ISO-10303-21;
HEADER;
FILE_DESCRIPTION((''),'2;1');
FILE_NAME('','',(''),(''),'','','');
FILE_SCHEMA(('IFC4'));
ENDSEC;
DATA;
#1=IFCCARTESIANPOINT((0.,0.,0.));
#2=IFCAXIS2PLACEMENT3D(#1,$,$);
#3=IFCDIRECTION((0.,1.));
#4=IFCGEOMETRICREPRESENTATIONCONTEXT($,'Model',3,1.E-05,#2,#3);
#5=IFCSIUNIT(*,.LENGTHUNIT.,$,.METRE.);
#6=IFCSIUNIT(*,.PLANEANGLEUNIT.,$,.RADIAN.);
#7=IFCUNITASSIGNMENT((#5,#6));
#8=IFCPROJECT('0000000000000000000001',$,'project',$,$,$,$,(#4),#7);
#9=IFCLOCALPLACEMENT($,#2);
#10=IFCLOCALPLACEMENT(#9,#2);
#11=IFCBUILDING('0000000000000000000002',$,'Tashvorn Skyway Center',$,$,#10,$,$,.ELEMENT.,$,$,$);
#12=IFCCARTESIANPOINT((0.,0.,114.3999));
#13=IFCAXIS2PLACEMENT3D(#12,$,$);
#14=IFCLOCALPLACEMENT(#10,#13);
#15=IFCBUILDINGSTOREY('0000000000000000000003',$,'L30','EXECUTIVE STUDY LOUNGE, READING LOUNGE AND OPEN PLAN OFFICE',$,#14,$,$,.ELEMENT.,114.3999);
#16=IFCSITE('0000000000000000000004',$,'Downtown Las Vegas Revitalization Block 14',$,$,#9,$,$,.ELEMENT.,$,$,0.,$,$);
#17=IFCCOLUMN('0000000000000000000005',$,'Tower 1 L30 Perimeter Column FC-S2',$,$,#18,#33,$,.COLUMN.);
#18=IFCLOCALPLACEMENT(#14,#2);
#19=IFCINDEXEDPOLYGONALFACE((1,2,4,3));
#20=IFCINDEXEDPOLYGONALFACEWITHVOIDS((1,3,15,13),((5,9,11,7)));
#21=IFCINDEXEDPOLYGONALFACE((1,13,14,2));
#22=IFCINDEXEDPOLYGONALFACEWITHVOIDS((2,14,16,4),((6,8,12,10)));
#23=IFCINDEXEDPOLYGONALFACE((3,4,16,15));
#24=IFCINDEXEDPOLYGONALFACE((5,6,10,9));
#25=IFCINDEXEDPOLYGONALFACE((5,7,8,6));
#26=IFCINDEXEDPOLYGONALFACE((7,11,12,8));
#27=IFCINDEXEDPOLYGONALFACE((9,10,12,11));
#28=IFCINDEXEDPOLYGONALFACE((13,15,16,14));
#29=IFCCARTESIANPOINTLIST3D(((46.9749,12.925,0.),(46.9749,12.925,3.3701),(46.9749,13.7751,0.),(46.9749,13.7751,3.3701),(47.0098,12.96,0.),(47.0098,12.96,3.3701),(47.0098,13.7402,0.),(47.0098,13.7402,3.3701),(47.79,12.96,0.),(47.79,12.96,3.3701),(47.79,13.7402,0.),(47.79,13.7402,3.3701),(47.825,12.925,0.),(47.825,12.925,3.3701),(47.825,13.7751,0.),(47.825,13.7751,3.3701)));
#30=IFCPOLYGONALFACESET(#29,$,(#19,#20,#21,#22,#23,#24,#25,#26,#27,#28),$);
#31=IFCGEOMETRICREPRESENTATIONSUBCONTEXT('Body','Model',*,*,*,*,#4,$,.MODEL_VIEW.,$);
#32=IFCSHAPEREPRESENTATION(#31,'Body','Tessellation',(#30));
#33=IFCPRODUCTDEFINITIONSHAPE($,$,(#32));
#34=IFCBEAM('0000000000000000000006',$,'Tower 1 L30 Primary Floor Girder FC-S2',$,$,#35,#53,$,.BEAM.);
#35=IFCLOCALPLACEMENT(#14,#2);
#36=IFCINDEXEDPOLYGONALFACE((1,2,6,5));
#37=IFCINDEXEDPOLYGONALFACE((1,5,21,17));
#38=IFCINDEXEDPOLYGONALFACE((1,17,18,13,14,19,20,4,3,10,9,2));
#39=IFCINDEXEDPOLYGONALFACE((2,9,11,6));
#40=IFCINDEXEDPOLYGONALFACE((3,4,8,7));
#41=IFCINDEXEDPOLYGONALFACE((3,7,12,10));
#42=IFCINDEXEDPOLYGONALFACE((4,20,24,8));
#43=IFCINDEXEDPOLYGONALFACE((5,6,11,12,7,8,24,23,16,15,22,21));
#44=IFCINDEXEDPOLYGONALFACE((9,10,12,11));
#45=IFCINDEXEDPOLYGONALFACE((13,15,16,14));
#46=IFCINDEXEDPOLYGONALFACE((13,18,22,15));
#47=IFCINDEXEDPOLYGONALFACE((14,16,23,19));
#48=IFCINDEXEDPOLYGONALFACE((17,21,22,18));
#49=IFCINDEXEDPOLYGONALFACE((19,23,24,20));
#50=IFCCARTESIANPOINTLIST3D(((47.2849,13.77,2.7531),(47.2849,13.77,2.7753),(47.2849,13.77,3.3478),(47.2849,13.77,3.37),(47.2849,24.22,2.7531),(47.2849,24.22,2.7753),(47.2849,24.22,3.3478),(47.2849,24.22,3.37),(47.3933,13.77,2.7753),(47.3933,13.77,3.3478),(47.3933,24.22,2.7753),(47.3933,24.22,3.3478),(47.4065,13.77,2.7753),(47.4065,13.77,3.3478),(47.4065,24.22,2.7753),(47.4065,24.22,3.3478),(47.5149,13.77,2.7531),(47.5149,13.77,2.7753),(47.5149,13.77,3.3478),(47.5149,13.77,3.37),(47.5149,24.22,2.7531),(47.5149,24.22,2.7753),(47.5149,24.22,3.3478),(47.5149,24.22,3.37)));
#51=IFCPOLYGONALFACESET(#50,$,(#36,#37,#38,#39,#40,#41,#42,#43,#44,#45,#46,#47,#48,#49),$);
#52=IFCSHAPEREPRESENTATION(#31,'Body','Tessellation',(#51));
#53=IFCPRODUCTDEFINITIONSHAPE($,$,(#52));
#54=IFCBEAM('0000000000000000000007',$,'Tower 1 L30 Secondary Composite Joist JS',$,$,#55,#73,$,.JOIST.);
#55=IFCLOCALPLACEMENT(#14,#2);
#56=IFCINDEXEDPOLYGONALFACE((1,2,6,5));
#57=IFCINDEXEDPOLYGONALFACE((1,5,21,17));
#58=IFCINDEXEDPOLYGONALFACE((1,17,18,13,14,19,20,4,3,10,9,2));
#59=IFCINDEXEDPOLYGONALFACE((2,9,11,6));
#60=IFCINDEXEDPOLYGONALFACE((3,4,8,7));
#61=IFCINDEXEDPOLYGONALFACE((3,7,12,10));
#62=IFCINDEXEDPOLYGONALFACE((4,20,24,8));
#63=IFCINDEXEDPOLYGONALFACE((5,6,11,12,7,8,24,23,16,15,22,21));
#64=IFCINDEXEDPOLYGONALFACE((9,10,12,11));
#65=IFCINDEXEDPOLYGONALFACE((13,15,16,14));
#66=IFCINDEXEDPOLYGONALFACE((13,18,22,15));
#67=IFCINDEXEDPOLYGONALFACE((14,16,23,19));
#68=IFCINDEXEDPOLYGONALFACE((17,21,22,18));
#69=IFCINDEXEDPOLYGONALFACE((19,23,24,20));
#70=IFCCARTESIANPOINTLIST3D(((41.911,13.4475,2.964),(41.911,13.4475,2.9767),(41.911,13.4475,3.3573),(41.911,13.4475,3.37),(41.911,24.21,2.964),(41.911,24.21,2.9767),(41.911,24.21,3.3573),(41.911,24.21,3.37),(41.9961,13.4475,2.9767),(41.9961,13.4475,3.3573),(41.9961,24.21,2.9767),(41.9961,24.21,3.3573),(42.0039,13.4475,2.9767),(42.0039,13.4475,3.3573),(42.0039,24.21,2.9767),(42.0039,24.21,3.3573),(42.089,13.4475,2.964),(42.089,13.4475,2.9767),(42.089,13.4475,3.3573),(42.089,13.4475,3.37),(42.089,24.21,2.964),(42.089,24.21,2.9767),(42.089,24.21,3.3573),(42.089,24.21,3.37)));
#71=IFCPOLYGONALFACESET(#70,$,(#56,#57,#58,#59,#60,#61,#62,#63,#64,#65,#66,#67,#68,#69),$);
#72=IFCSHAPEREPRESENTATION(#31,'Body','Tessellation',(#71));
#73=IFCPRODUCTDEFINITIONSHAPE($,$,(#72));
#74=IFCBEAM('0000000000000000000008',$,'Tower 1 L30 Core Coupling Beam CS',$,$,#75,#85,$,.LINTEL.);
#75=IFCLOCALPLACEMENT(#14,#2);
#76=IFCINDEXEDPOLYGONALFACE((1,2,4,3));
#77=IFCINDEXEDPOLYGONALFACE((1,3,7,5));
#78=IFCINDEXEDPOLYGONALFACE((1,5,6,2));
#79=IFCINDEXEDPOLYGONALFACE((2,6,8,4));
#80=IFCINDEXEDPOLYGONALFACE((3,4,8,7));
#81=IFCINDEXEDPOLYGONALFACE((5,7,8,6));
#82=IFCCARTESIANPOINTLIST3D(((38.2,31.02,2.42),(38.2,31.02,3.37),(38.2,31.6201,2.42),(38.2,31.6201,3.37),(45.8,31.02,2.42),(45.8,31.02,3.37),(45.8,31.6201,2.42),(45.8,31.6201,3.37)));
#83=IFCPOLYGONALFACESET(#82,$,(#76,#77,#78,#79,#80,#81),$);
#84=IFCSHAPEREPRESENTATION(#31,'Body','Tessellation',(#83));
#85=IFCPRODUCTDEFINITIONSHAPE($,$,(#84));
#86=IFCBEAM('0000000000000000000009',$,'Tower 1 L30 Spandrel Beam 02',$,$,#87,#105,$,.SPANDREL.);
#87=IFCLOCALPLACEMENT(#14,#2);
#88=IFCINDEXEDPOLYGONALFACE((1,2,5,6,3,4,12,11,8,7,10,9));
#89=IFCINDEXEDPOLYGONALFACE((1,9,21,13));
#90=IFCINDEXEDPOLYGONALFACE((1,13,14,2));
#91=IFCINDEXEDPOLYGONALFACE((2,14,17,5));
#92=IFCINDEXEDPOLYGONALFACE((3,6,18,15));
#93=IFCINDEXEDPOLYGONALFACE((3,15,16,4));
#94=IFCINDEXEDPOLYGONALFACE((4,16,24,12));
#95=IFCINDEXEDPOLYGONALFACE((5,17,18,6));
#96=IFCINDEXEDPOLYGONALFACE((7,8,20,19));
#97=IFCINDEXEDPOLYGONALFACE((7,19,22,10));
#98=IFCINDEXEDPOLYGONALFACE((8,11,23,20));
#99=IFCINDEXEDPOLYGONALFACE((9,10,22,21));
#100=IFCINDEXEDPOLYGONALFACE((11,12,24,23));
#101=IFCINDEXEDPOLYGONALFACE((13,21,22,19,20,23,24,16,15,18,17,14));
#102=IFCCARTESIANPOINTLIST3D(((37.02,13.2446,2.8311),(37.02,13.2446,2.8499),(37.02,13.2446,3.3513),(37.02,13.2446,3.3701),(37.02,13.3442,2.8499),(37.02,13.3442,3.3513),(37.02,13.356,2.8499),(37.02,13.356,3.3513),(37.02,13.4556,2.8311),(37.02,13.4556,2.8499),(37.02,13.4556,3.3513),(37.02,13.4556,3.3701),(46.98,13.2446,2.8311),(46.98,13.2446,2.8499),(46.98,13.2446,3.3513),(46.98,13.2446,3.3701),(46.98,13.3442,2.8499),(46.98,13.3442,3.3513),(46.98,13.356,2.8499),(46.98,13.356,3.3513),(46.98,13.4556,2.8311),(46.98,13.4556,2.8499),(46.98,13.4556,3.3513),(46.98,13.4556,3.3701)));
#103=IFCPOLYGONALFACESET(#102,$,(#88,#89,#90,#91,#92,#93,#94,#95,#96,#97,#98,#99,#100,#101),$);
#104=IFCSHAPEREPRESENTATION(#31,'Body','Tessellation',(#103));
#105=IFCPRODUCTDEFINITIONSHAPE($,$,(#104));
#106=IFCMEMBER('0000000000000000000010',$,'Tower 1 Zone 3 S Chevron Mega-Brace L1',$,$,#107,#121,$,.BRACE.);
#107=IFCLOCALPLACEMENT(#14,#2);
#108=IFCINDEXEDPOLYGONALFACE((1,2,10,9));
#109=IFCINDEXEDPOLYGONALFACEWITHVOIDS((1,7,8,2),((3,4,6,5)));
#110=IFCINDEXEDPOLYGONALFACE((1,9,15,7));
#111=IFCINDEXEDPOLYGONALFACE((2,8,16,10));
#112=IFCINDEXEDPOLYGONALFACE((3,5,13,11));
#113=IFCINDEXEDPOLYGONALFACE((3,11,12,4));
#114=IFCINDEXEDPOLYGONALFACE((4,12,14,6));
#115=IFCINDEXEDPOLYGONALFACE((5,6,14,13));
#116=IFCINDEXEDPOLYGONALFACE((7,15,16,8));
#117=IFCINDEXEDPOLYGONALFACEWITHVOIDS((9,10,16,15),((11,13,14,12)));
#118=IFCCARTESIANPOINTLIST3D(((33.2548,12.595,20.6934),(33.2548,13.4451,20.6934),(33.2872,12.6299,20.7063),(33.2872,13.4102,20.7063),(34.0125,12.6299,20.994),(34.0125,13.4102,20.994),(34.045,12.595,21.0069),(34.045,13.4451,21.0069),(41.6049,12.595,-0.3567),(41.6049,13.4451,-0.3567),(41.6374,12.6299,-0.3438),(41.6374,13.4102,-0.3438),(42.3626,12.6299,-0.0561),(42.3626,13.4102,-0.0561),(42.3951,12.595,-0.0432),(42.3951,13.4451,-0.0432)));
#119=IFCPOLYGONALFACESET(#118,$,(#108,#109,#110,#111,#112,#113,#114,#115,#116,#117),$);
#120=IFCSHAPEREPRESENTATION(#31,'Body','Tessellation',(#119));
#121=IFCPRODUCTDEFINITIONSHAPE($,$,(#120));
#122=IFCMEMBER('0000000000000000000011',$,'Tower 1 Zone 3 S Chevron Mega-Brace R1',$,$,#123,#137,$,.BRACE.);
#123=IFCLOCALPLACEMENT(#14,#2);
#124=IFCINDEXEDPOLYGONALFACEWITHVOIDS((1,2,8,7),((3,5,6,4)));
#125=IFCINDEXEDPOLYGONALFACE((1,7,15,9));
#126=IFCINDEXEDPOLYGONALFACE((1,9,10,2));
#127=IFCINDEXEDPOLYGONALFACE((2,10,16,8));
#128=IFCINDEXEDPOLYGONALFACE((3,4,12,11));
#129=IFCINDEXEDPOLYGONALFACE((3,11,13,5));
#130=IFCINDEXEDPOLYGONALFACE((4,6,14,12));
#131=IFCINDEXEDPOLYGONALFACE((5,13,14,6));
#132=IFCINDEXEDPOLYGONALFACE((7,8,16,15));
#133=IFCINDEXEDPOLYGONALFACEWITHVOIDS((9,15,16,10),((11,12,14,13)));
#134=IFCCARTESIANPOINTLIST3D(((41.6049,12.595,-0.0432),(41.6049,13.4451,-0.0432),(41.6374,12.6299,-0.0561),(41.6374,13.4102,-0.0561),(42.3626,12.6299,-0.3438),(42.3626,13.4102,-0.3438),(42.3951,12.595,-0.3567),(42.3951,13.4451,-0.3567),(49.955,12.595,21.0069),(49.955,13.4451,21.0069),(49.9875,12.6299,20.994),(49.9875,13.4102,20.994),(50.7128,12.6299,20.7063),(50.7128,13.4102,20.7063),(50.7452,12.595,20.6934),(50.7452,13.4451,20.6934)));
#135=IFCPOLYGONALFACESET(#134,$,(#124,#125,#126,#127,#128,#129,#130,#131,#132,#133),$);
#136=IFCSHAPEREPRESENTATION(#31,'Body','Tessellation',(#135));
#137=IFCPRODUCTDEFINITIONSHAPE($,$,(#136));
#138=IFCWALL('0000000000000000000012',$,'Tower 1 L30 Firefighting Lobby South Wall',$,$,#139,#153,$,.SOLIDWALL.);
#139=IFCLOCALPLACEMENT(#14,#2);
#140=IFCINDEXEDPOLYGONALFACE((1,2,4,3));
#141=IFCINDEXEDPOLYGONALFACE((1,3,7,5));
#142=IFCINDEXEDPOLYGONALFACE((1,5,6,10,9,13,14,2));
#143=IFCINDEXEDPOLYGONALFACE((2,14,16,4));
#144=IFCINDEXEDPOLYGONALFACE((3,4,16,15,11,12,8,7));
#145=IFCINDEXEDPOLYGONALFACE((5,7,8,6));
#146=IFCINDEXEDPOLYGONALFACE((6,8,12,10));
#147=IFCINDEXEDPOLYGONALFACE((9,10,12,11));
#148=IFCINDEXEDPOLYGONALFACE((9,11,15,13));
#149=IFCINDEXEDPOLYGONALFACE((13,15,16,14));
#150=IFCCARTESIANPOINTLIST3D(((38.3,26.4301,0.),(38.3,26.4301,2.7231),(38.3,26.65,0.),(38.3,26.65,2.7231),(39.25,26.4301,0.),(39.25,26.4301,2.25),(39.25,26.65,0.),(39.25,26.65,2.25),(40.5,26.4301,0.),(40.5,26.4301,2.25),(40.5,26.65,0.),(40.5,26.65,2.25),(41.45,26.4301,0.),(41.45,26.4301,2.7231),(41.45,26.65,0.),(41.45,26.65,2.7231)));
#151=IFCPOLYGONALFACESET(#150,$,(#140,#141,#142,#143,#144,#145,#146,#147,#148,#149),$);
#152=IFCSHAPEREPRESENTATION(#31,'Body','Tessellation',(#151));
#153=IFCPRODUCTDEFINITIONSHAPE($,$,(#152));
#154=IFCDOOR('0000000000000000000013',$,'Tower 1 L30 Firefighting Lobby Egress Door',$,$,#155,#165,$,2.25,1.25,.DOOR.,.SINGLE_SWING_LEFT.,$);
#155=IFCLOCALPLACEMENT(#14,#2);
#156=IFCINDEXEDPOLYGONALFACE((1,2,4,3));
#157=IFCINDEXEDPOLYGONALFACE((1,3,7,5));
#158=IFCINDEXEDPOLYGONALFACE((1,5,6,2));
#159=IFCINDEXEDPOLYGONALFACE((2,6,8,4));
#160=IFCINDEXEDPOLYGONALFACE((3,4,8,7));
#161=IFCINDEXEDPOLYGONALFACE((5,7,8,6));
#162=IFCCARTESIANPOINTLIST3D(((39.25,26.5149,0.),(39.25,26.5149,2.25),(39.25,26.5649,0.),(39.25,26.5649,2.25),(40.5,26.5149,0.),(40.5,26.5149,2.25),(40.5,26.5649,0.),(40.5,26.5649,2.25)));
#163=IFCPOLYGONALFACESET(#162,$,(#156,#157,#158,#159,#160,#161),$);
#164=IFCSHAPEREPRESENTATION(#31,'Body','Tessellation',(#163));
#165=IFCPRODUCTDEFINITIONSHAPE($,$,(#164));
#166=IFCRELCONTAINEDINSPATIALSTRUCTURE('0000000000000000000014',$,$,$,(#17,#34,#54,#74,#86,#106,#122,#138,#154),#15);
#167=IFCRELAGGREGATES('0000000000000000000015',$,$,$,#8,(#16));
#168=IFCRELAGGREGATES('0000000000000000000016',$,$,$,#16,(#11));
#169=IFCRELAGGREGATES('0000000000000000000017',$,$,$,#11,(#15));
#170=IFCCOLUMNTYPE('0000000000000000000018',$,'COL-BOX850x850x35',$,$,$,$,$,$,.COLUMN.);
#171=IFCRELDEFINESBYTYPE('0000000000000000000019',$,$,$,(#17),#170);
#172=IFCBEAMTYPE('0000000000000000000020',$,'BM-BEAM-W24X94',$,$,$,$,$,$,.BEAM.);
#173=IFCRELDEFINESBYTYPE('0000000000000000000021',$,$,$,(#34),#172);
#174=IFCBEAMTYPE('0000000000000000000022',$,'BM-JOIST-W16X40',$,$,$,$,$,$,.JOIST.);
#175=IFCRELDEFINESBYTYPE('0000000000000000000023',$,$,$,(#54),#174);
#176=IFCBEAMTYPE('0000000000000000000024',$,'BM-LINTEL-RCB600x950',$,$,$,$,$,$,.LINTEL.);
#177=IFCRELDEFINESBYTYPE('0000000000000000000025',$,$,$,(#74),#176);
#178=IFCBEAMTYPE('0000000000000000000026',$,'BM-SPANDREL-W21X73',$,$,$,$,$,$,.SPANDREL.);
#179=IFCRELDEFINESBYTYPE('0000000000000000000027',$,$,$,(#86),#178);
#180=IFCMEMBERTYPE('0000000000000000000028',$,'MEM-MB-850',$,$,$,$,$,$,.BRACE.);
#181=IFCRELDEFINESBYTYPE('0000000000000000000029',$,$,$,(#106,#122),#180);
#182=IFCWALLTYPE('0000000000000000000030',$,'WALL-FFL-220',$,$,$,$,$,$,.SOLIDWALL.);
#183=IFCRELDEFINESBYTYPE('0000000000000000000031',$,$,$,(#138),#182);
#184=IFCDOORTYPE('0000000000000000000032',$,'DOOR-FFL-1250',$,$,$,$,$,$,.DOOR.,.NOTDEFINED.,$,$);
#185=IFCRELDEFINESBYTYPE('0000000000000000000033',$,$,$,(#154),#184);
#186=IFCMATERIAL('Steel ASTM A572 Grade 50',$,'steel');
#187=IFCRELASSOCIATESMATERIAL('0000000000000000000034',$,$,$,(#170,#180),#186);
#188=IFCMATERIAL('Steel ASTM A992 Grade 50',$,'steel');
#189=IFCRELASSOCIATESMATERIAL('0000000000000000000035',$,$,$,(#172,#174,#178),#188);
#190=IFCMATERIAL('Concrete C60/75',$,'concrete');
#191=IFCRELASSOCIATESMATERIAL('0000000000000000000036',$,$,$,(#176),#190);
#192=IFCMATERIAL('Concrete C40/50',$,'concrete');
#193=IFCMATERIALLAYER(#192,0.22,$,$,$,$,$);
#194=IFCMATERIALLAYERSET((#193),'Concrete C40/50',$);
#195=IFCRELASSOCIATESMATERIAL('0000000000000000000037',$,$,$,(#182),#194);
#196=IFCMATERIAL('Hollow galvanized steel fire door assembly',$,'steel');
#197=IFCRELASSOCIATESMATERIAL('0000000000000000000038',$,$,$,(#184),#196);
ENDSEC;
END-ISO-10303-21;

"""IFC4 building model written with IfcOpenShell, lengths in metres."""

from ifc_helpers import new_model, si_unit, direction, frame, frame_2d, origin, origin_2d, place, context, subcontext, project, spatial, rectangle, hollow_rectangle, i_section, extrude, material, layer, layer_set, material_profile, profile_set, type_object, element, fill, save


model = new_model("IFC4")

# Units and contexts
model_context = context("Model", 3, precision=1e-05, world=origin(), true_north=direction((0.0, 1.0)))
body_context = subcontext(model_context, "Body", "Model", "MODEL_VIEW")
ifc_project = project(units=[si_unit("LENGTHUNIT", "METRE"), si_unit("PLANEANGLEUNIT", "RADIAN")], contexts=[model_context])

# Site, building, storey
site_placement = place(None, origin())
site = spatial("IfcSite", under=ifc_project, at=site_placement, Name="Downtown Las Vegas Revitalization Block 14", CompositionType="ELEMENT", RefElevation=0.0)
building_placement = place(site_placement, origin())
building = spatial("IfcBuilding", under=site, at=building_placement, Name="Tashvorn Skyway Center", CompositionType="ELEMENT")
storey_placement = place(building_placement, frame((0.0, 0.0, 114.3999)))
storey = spatial("IfcBuildingStorey", under=building, at=storey_placement, Name="L30", Description="EXECUTIVE STUDY LOUNGE, READING LOUNGE AND OPEN PLAN OFFICE", CompositionType="ELEMENT", Elevation=114.3999)

# Column
ifc_material_1 = material(Name="Steel ASTM A572 Grade 50", Category="steel")
ifc_material_profile_1 = material_profile(ifc_material_1, hollow_rectangle(XDim=0.8501, YDim=0.8501, WallThickness=0.0349, at=origin_2d()), Name="BOX850x850x35")
ifc_profile_set_1 = profile_set([ifc_material_profile_1], Name="Steel ASTM A572 Grade 50")
column_type = type_object("IfcColumnType", Name="COL-BOX850x850x35", PredefinedType="COLUMN", material=ifc_profile_set_1)
column_placement = place(storey_placement, frame((47.3999, 13.3501, 0.0), z_axis=(0.0, 0.0, 1.0), x_axis=(1.0, 0.0, 0.0)))
element("IfcColumn", 1, at=column_placement, inside=storey, type_object=column_type, Name="Tower 1 L30 Perimeter Column FC-S2", PredefinedType="COLUMN", context=body_context, shape_type="SweptSolid", body=[
    extrude(hollow_rectangle(XDim=0.8501, YDim=0.8501, WallThickness=0.0349, at=origin_2d()), origin(), (0.0, 0.0, 1.0), 3.3701),
])

# Beams
ifc_material_2 = material(Name="Steel ASTM A992 Grade 50", Category="steel")
ifc_material_profile_2 = material_profile(ifc_material_2, i_section(OverallWidth=0.23, OverallDepth=0.6169, WebThickness=0.0132, FlangeThickness=0.0222, at=origin_2d()), Name="W24X94")
ifc_profile_set_2 = profile_set([ifc_material_profile_2], Name="Steel ASTM A992 Grade 50")
beam_type_1 = type_object("IfcBeamType", Name="BM-BEAM-W24X94", PredefinedType="BEAM", material=ifc_profile_set_2)
beam_1_placement = place(storey_placement, frame((47.3999, 13.77, 3.0615), z_axis=(0.0, 1.0, 0.0), x_axis=(-1.0, 0.0, 0.0)))
element("IfcBeam", 2, at=beam_1_placement, inside=storey, type_object=beam_type_1, Name="Tower 1 L30 Primary Floor Girder FC-S2", PredefinedType="BEAM", context=body_context, shape_type="SweptSolid", body=[
    extrude(i_section(OverallWidth=0.23, OverallDepth=0.6169, WebThickness=0.0132, FlangeThickness=0.0222, at=origin_2d()), origin(), (0.0, 0.0, 1.0), 10.45),
])
ifc_material_profile_3 = material_profile(ifc_material_2, i_section(OverallWidth=0.178, OverallDepth=0.406, WebThickness=0.0078, FlangeThickness=0.0127, at=origin_2d()), Name="W16X40")
ifc_profile_set_3 = profile_set([ifc_material_profile_3], Name="Steel ASTM A992 Grade 50")
beam_type_2 = type_object("IfcBeamType", Name="BM-JOIST-W16X40", PredefinedType="JOIST", material=ifc_profile_set_3)
beam_2_placement = place(storey_placement, frame((42.0, 24.21, 3.167), z_axis=(0.0, -1.0, 0.0), x_axis=(1.0, 0.0, 0.0)))
element("IfcBeam", 3, at=beam_2_placement, inside=storey, type_object=beam_type_2, Name="Tower 1 L30 Secondary Composite Joist JS", PredefinedType="JOIST", context=body_context, shape_type="SweptSolid", body=[
    extrude(i_section(OverallWidth=0.178, OverallDepth=0.406, WebThickness=0.0078, FlangeThickness=0.0127, at=origin_2d()), origin(), (0.0, 0.0, 1.0), 10.7625),
])
ifc_material_3 = material(Name="Concrete C60/75", Category="concrete")
ifc_material_profile_4 = material_profile(ifc_material_3, rectangle(XDim=0.6001, YDim=0.95, at=origin_2d()), Name="RCB600x950")
ifc_profile_set_4 = profile_set([ifc_material_profile_4], Name="Concrete C60/75")
beam_type_3 = type_object("IfcBeamType", Name="BM-LINTEL-RCB600x950", PredefinedType="LINTEL", material=ifc_profile_set_4)
beam_3_placement = place(storey_placement, frame((38.2, 31.3201, 2.895), z_axis=(1.0, 0.0, 0.0), x_axis=(0.0, 1.0, 0.0)))
element("IfcBeam", 4, at=beam_3_placement, inside=storey, type_object=beam_type_3, Name="Tower 1 L30 Core Coupling Beam CS", PredefinedType="LINTEL", context=body_context, shape_type="SweptSolid", body=[
    extrude(rectangle(XDim=0.6001, YDim=0.95, at=origin_2d()), origin(), (0.0, 0.0, 1.0), 7.6001),
])
ifc_material_profile_5 = material_profile(ifc_material_2, i_section(OverallWidth=0.2109, OverallDepth=0.5391, WebThickness=0.0117, FlangeThickness=0.0188, at=origin_2d()), Name="W21X73")
ifc_profile_set_5 = profile_set([ifc_material_profile_5], Name="Steel ASTM A992 Grade 50")
beam_type_4 = type_object("IfcBeamType", Name="BM-SPANDREL-W21X73", PredefinedType="SPANDREL", material=ifc_profile_set_5)
beam_4_placement = place(storey_placement, frame((37.02, 13.3501, 3.1006), z_axis=(1.0, 0.0, 0.0), x_axis=(0.0, 1.0, 0.0)))
element("IfcBeam", 5, at=beam_4_placement, inside=storey, type_object=beam_type_4, Name="Tower 1 L30 Spandrel Beam 02", PredefinedType="SPANDREL", context=body_context, shape_type="SweptSolid", body=[
    extrude(i_section(OverallWidth=0.2109, OverallDepth=0.5391, WebThickness=0.0117, FlangeThickness=0.0188, at=origin_2d()), origin(), (0.0, 0.0, 1.0), 9.96),
])

# Members
ifc_material_profile_6 = material_profile(ifc_material_1, hollow_rectangle(XDim=0.8501, YDim=0.8501, WallThickness=0.0349, at=origin_2d()), Name="BOX850x850x35")
ifc_profile_set_6 = profile_set([ifc_material_profile_6], Name="Steel ASTM A572 Grade 50")
member_type = type_object("IfcMemberType", Name="MEM-MB-850", PredefinedType="BRACE", material=ifc_profile_set_6)
for number, where, z_axis, x_axis, name in (
    (6, (42.0, 13.02, -0.2), (-0.368727, 0.0, 0.929538), (0.0, -1.0, 0.0), "Tower 1 Zone 3 S Chevron Mega-Brace L1"),
    (7, (42.0, 13.02, -0.2), (0.368727, 0.0, 0.929538), (0.0, 1.0, 0.0), "Tower 1 Zone 3 S Chevron Mega-Brace R1"),
):
    element("IfcMember", number, at=place(storey_placement, frame(where, z_axis=z_axis, x_axis=x_axis)), inside=storey, type_object=member_type, Name=name, PredefinedType="BRACE", context=body_context, shape_type="SweptSolid", body=[
        extrude(hollow_rectangle(XDim=0.8501, YDim=0.8501, WallThickness=0.0349, at=origin_2d()), origin(), (0.0, 0.0, 1.0), 22.6458),
    ])

# Wall, opening, door
ifc_material_4 = material(Name="Concrete C40/50", Category="concrete")
ifc_layer_1 = layer(ifc_material_4, 0.22)
ifc_layer_set_1 = layer_set([ifc_layer_1], Name="Concrete C40/50")
wall_type_1 = type_object("IfcWallType", Name="WALL-FFL-220", PredefinedType="SOLIDWALL", material=ifc_layer_set_1)
wall_1_placement = place(storey_placement, frame((38.3, 26.54, 0.0), z_axis=(0.0, 0.0, 1.0), x_axis=(1.0, 0.0, 0.0)))
wall_1 = element("IfcWall", 8, at=wall_1_placement, inside=storey, type_object=wall_type_1, Name="Tower 1 L30 Firefighting Lobby South Wall", PredefinedType="SOLIDWALL", context=body_context, shape_type="SweptSolid", body=[
    extrude(rectangle(XDim=3.1499, YDim=0.22, at=frame_2d((1.575, 0.0))), origin(), (0.0, 0.0, 1.0), 2.7231),
])
opening_1_placement = place(wall_1_placement, frame((0.95, 0.0, 0.0)))
opening_1 = element("IfcOpeningElement", 9, at=opening_1_placement, cuts=wall_1, PredefinedType="OPENING", context=body_context, shape_type="SweptSolid", body=[
    extrude(rectangle(XDim=1.25, YDim=2.25, at=frame_2d((0.625, 1.125))), frame((0.0, 0.1199, 0.0), z_axis=(0.0, -1.0, 0.0), x_axis=(1.0, 0.0, 0.0)), (0.0, 0.0, 1.0), 0.24),
])
ifc_material_5 = material(Name="Hollow galvanized steel fire door assembly", Category="steel")
door_type_1 = type_object("IfcDoorType", Name="DOOR-FFL-1250", OperationType="NOTDEFINED", PredefinedType="DOOR", material=ifc_material_5)
door_1_placement = place(opening_1_placement, origin())
door_1 = element("IfcDoor", 10, at=door_1_placement, inside=storey, type_object=door_type_1, Name="Tower 1 L30 Firefighting Lobby Egress Door", OperationType="SINGLE_SWING_LEFT", OverallHeight=2.25, OverallWidth=1.25, PredefinedType="DOOR", context=body_context, shape_type="SweptSolid", body=[
    extrude(rectangle(XDim=1.25, YDim=2.25, at=frame_2d((0.625, 1.125))), frame((0.0, 0.0249, 0.0), z_axis=(0.0, -1.0, 0.0), x_axis=(1.0, 0.0, 0.0)), (0.0, 0.0, 1.0), 0.05),
])
fill(opening_1, door_1)

save(model, "model.ifc")
